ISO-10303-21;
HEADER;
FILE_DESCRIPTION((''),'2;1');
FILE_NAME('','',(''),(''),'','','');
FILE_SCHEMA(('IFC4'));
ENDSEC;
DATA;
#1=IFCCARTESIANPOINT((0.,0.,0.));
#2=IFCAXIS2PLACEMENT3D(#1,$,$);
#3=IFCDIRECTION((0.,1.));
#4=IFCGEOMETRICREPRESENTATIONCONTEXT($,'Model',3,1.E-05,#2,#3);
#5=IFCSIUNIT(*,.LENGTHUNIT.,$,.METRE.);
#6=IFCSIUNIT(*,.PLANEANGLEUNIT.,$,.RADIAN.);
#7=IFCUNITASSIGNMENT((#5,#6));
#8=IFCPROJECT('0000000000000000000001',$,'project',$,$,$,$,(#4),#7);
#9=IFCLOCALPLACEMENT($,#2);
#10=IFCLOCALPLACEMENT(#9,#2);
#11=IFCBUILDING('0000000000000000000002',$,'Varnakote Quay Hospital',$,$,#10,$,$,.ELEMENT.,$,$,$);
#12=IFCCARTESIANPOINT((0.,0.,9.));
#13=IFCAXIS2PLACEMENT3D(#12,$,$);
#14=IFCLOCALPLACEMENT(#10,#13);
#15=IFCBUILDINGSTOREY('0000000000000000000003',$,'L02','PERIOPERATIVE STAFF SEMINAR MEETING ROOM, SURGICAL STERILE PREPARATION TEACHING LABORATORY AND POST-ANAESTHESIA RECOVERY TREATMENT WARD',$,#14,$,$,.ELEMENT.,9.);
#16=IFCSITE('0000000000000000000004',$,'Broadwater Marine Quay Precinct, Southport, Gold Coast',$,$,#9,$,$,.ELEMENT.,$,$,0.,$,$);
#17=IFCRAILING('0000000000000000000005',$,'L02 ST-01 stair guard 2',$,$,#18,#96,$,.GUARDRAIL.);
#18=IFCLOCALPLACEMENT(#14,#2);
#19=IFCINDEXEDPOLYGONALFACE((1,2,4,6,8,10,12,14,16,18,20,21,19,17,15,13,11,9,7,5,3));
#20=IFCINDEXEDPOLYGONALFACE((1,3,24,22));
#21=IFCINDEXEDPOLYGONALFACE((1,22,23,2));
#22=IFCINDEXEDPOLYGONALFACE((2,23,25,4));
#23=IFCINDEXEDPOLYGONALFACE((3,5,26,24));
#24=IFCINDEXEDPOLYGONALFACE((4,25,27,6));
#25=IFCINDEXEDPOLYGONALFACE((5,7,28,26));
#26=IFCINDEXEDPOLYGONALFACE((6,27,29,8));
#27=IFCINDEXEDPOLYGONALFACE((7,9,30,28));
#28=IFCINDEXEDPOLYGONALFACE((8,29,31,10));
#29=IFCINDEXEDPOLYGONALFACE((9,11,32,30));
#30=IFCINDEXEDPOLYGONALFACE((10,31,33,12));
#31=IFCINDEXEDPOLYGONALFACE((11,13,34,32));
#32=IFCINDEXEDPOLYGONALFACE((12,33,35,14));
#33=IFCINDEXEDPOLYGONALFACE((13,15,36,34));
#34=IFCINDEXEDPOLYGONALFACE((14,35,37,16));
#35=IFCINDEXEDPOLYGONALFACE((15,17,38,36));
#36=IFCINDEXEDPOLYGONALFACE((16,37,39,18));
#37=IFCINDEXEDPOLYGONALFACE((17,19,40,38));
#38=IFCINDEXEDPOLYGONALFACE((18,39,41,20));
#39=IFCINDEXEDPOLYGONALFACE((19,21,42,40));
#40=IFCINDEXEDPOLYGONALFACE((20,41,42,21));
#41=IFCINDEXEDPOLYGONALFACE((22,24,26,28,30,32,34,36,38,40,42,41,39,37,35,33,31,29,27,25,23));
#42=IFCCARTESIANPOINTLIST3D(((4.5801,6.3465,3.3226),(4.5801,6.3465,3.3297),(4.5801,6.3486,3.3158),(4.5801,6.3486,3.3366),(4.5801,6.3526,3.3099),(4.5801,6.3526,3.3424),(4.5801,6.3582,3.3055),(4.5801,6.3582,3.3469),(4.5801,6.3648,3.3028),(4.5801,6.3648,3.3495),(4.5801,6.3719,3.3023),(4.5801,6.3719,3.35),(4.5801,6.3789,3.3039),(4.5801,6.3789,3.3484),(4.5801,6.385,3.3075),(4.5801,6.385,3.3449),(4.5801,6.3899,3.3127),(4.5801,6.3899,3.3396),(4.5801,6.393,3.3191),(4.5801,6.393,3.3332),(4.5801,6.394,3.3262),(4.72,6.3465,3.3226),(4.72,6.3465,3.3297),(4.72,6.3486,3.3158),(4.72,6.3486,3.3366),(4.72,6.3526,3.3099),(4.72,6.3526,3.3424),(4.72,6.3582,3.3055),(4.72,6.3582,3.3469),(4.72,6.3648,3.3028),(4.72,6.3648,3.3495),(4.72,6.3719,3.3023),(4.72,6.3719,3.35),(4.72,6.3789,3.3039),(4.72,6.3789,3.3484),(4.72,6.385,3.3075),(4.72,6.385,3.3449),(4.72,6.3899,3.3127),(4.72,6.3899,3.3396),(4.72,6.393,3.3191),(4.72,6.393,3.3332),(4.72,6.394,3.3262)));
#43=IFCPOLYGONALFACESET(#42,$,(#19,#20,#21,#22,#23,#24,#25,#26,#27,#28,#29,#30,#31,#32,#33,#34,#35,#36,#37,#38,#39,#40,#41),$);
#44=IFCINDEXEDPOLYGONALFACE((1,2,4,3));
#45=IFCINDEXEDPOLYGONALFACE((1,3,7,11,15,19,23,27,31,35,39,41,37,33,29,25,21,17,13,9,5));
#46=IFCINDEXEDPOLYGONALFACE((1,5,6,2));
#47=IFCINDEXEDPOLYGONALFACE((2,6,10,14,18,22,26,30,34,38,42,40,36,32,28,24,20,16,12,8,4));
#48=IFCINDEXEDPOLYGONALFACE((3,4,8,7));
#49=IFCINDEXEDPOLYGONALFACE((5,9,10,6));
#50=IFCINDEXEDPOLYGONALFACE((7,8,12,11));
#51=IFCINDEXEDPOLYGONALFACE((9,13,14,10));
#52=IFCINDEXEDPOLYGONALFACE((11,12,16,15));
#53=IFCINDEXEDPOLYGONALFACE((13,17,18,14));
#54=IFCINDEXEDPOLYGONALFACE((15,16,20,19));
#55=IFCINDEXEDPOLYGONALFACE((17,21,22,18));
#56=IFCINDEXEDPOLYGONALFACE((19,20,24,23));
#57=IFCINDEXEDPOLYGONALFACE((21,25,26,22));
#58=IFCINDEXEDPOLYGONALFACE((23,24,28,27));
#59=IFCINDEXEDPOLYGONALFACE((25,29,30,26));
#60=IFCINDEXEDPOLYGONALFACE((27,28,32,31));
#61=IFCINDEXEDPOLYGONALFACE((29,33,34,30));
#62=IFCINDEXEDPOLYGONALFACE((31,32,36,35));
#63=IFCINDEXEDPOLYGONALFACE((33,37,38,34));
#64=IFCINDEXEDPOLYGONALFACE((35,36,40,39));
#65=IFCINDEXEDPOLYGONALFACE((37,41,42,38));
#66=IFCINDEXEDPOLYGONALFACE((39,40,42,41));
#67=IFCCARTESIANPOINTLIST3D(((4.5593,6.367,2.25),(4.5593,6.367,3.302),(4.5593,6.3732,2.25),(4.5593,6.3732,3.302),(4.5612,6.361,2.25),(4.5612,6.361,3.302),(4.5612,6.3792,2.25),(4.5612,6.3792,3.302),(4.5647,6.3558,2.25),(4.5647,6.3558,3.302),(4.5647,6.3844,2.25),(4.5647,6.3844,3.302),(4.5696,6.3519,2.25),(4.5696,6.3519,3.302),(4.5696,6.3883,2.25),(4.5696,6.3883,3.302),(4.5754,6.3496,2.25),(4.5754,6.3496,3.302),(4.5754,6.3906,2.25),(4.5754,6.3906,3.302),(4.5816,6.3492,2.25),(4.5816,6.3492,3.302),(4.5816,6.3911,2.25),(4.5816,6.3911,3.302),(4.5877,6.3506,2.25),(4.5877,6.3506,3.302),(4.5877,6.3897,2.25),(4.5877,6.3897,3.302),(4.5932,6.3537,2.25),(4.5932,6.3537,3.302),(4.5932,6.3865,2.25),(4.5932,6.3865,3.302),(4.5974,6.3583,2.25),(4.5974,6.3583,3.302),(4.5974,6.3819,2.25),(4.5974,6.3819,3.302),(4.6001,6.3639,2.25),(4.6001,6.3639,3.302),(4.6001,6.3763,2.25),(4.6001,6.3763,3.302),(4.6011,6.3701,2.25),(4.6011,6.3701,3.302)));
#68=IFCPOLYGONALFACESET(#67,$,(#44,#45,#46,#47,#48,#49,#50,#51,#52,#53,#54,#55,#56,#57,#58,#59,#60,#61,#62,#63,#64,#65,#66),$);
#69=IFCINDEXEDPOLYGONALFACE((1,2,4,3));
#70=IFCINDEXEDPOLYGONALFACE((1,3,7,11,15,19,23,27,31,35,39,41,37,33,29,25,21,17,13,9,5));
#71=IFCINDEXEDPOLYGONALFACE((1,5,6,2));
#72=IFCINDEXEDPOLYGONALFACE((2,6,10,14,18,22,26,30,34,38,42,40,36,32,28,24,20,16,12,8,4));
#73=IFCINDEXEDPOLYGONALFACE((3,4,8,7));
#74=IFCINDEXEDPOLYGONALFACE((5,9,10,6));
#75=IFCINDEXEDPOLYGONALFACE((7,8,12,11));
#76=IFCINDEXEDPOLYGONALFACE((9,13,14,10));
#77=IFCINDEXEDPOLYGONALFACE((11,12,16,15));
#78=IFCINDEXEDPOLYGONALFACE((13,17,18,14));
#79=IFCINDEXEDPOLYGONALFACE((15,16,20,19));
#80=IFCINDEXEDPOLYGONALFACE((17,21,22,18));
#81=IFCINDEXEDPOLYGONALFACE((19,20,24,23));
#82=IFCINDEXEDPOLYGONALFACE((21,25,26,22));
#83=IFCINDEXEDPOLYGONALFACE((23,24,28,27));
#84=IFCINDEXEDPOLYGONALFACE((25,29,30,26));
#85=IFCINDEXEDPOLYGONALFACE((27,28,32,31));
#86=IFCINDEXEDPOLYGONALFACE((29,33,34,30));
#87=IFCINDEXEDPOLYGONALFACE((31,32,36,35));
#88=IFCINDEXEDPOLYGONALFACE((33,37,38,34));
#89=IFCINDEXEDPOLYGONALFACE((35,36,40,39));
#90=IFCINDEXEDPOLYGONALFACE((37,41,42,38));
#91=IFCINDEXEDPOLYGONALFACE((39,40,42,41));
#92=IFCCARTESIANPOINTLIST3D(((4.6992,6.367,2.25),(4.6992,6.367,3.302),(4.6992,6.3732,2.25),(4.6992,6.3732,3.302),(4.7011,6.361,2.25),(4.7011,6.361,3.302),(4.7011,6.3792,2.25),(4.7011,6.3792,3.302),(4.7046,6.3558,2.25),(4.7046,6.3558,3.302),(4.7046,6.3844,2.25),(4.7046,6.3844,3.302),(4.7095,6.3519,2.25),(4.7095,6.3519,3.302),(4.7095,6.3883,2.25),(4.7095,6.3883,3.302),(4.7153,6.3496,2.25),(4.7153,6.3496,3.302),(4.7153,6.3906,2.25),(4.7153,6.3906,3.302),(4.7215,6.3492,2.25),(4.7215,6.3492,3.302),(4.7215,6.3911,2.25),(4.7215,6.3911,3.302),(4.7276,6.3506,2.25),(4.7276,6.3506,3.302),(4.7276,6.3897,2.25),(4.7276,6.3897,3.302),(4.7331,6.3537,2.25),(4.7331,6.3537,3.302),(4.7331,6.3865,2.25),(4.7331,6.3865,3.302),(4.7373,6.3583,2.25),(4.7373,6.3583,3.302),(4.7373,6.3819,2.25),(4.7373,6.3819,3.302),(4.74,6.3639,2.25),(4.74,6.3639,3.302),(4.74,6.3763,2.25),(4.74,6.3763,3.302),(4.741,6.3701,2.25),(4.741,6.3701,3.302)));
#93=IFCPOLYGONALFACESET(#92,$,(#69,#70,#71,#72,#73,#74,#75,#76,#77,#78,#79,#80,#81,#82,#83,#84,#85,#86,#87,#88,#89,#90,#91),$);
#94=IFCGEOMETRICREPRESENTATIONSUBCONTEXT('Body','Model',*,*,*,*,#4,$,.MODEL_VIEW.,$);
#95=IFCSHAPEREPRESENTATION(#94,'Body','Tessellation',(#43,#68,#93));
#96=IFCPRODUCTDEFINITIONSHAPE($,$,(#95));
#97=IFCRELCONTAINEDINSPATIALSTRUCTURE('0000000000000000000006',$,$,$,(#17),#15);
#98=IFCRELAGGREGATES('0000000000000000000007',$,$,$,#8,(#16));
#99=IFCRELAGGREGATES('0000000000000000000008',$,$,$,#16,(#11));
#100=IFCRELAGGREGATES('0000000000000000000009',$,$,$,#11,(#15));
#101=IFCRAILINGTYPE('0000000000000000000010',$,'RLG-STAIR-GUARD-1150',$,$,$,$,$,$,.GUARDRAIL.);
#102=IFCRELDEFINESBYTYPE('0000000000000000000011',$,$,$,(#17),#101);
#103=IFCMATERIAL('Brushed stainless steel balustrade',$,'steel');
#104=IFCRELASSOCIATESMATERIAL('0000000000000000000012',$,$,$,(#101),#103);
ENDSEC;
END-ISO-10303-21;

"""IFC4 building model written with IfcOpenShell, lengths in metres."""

from ifc_helpers import new_model, si_unit, direction, frame, origin, origin_2d, place, context, subcontext, project, spatial, circle, extrude, material, type_object, element, save


model = new_model("IFC4")

# Units and contexts
model_context = context("Model", 3, precision=1e-05, world=origin(), true_north=direction((0.0, 1.0)))
body_context = subcontext(model_context, "Body", "Model", "MODEL_VIEW")
ifc_project = project(units=[si_unit("LENGTHUNIT", "METRE"), si_unit("PLANEANGLEUNIT", "RADIAN")], contexts=[model_context])

# Site, building, storey
site_placement = place(None, origin())
site = spatial("IfcSite", under=ifc_project, at=site_placement, Name="Broadwater Marine Quay Precinct, Southport, Gold Coast", CompositionType="ELEMENT", RefElevation=0.0)
building_placement = place(site_placement, origin())
building = spatial("IfcBuilding", under=site, at=building_placement, Name="Varnakote Quay Hospital", CompositionType="ELEMENT")
storey_placement = place(building_placement, frame((0.0, 0.0, 9.0)))
storey = spatial("IfcBuildingStorey", under=building, at=storey_placement, Name="L02", Description="PERIOPERATIVE STAFF SEMINAR MEETING ROOM, SURGICAL STERILE PREPARATION TEACHING LABORATORY AND POST-ANAESTHESIA RECOVERY TREATMENT WARD", CompositionType="ELEMENT", Elevation=9.0)

# Railing
ifc_material_1 = material(Name="Brushed stainless steel balustrade", Category="steel")
railing_type_1 = type_object("IfcRailingType", Name="RLG-STAIR-GUARD-1150", PredefinedType="GUARDRAIL", material=ifc_material_1)
railing_1_placement = place(storey_placement, frame((4.5801, 6.3701, 2.25)))
element("IfcRailing", 1, at=railing_1_placement, inside=storey, type_object=railing_type_1, Name="L02 ST-01 stair guard 2", PredefinedType="GUARDRAIL", context=body_context, shape_type="SweptSolid", body=[
    extrude(circle(Radius=0.0239, at=origin_2d()), frame((0.0, 0.0, 1.0762), z_axis=(1.0, 0.0, 0.0), x_axis=(0.0, 1.0, 0.0)), (0.0, 0.0, 1.0), 0.1399),
    extrude(circle(Radius=0.021, at=origin_2d()), origin(), (0.0, 0.0, 1.0), 1.052),
    extrude(circle(Radius=0.021, at=origin_2d()), frame((0.1399, 0.0, 0.0)), (0.0, 0.0, 1.0), 1.052),
])

save(model, "model.ifc")
